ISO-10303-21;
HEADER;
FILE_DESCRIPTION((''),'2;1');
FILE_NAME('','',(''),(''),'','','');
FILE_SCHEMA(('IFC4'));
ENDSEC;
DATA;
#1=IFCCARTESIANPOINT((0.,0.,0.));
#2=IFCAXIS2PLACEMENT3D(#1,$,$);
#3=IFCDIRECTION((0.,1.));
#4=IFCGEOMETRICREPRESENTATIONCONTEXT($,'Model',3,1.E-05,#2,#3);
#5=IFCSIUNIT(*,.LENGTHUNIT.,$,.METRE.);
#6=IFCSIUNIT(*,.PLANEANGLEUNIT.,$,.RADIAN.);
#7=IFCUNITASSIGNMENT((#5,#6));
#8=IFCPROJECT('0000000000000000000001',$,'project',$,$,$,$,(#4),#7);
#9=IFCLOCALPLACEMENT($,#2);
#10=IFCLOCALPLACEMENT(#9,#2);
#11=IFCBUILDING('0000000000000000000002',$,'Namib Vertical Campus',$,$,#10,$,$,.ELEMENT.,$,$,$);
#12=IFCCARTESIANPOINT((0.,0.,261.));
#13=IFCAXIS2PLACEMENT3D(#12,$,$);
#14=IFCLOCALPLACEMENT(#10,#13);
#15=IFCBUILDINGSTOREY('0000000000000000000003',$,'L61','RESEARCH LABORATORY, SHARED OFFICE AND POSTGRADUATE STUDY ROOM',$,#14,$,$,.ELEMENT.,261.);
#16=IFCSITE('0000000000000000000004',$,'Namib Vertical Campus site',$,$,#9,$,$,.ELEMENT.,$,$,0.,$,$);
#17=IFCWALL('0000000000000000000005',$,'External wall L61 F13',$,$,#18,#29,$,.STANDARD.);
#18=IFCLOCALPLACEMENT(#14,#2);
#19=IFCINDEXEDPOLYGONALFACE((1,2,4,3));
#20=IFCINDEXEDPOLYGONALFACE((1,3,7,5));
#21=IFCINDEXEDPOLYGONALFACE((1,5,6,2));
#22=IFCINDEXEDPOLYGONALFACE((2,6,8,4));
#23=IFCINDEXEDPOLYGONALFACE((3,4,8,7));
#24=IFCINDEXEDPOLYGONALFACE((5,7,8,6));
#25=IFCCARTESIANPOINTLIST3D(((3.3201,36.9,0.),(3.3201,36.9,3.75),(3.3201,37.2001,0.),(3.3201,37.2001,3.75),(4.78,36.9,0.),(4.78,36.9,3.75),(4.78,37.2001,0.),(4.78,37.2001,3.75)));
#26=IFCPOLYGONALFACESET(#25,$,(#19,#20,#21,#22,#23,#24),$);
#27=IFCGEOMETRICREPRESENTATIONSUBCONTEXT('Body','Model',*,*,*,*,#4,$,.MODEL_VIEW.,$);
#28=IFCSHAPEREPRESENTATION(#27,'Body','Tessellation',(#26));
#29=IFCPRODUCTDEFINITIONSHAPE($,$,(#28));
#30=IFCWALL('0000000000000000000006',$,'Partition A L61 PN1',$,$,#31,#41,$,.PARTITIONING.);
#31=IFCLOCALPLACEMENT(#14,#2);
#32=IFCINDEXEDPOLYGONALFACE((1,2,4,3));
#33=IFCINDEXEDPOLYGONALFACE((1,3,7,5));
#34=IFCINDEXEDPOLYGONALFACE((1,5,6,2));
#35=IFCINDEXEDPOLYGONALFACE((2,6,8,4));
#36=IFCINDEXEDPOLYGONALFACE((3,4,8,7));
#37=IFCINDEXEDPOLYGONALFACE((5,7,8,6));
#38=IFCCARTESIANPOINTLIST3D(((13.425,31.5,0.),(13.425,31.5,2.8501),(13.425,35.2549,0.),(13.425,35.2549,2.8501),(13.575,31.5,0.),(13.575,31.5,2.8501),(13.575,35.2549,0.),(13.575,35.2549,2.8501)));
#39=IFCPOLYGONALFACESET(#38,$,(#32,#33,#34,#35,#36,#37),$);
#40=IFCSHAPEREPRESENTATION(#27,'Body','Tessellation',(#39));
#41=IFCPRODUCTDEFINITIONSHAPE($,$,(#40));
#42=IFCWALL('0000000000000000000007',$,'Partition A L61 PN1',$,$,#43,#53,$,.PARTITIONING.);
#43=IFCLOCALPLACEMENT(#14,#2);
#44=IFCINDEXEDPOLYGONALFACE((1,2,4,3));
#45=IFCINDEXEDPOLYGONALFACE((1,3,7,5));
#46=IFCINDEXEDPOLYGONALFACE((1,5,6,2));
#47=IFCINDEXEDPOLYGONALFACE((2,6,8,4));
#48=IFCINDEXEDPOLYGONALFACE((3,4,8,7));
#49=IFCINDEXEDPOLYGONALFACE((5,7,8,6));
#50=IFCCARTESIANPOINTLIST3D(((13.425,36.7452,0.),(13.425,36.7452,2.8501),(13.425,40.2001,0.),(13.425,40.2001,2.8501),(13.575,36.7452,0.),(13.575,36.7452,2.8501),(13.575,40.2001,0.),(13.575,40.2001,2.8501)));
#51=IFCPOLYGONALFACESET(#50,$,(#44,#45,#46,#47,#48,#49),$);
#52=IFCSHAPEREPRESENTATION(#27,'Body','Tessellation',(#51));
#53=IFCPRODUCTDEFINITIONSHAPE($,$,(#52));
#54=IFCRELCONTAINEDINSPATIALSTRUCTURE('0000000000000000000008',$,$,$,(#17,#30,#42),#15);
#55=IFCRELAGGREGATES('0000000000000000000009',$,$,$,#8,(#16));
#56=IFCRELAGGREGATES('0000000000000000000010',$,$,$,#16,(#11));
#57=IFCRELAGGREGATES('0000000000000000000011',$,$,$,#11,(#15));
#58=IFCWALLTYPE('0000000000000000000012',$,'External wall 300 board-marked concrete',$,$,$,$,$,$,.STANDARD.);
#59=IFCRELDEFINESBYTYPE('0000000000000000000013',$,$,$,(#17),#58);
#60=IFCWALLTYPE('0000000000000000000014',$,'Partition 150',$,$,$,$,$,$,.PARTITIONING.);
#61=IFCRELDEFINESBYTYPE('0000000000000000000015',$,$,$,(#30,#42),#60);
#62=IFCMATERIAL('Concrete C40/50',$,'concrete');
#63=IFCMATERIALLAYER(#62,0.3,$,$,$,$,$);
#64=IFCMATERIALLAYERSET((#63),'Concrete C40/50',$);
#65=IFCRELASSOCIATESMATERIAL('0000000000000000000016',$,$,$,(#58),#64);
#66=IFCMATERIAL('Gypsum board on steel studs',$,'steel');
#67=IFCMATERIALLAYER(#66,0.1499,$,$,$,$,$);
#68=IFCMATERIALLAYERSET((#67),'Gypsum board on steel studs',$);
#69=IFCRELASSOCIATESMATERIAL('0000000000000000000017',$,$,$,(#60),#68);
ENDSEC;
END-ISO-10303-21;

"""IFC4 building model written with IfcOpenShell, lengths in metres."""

from ifc_helpers import new_model, si_unit, direction, frame, frame_2d, origin, place, context, subcontext, project, spatial, rectangle, extrude, material, layer, layer_set, type_object, element, save


model = new_model("IFC4")

# Units and contexts
model_context = context("Model", 3, precision=1e-05, world=origin(), true_north=direction((0.0, 1.0)))
body_context = subcontext(model_context, "Body", "Model", "MODEL_VIEW")
ifc_project = project(units=[si_unit("LENGTHUNIT", "METRE"), si_unit("PLANEANGLEUNIT", "RADIAN")], contexts=[model_context])

# Site, building, storey
site_placement = place(None, origin())
site = spatial("IfcSite", under=ifc_project, at=site_placement, Name="Namib Vertical Campus site", CompositionType="ELEMENT", RefElevation=0.0)
building_placement = place(site_placement, origin())
building = spatial("IfcBuilding", under=site, at=building_placement, Name="Namib Vertical Campus", CompositionType="ELEMENT")
storey_placement = place(building_placement, frame((0.0, 0.0, 261.0)))
storey = spatial("IfcBuildingStorey", under=building, at=storey_placement, Name="L61", Description="RESEARCH LABORATORY, SHARED OFFICE AND POSTGRADUATE STUDY ROOM", CompositionType="ELEMENT", Elevation=261.0)

# Walls
ifc_material_1 = material(Name="Concrete C40/50", Category="concrete")
ifc_layer_1 = layer(ifc_material_1, 0.3)
ifc_layer_set_1 = layer_set([ifc_layer_1], Name="Concrete C40/50")
wall_type_1 = type_object("IfcWallType", Name="External wall 300 board-marked concrete", PredefinedType="STANDARD", material=ifc_layer_set_1)
wall_1_placement = place(storey_placement, frame((4.78, 37.05, 0.0), z_axis=(0.0, 0.0, 1.0), x_axis=(-1.0, 0.0, 0.0)))
element("IfcWall", 1, at=wall_1_placement, inside=storey, type_object=wall_type_1, Name="External wall L61 F13", PredefinedType="STANDARD", context=body_context, shape_type="SweptSolid", body=[
    extrude(rectangle(XDim=1.46, YDim=0.3, at=frame_2d((0.73, 0.0))), origin(), (0.0, 0.0, 1.0), 3.75),
])
ifc_material_2 = material(Name="Gypsum board on steel studs", Category="steel")
ifc_layer_2 = layer(ifc_material_2, 0.1499)
ifc_layer_set_2 = layer_set([ifc_layer_2], Name="Gypsum board on steel studs")
wall_type_2 = type_object("IfcWallType", Name="Partition 150", PredefinedType="PARTITIONING", material=ifc_layer_set_2)
wall_2_placement = place(storey_placement, frame((13.5, 31.5, 0.0), z_axis=(0.0, 0.0, 1.0), x_axis=(0.0, 1.0, 0.0)))
element("IfcWall", 2, at=wall_2_placement, inside=storey, type_object=wall_type_2, Name="Partition A L61 PN1", PredefinedType="PARTITIONING", context=body_context, shape_type="SweptSolid", body=[
    extrude(rectangle(XDim=3.7549, YDim=0.1499, at=frame_2d((1.8774, 0.0))), origin(), (0.0, 0.0, 1.0), 2.8501),
])
wall_3_placement = place(storey_placement, frame((13.5, 36.7451, 0.0), z_axis=(0.0, 0.0, 1.0), x_axis=(0.0, 1.0, 0.0)))
element("IfcWall", 3, at=wall_3_placement, inside=storey, type_object=wall_type_2, Name="Partition A L61 PN1", PredefinedType="PARTITIONING", context=body_context, shape_type="SweptSolid", body=[
    extrude(rectangle(XDim=3.4548, YDim=0.1499, at=frame_2d((1.7275, 0.0))), origin(), (0.0, 0.0, 1.0), 2.8501),
])

save(model, "model.ifc")
